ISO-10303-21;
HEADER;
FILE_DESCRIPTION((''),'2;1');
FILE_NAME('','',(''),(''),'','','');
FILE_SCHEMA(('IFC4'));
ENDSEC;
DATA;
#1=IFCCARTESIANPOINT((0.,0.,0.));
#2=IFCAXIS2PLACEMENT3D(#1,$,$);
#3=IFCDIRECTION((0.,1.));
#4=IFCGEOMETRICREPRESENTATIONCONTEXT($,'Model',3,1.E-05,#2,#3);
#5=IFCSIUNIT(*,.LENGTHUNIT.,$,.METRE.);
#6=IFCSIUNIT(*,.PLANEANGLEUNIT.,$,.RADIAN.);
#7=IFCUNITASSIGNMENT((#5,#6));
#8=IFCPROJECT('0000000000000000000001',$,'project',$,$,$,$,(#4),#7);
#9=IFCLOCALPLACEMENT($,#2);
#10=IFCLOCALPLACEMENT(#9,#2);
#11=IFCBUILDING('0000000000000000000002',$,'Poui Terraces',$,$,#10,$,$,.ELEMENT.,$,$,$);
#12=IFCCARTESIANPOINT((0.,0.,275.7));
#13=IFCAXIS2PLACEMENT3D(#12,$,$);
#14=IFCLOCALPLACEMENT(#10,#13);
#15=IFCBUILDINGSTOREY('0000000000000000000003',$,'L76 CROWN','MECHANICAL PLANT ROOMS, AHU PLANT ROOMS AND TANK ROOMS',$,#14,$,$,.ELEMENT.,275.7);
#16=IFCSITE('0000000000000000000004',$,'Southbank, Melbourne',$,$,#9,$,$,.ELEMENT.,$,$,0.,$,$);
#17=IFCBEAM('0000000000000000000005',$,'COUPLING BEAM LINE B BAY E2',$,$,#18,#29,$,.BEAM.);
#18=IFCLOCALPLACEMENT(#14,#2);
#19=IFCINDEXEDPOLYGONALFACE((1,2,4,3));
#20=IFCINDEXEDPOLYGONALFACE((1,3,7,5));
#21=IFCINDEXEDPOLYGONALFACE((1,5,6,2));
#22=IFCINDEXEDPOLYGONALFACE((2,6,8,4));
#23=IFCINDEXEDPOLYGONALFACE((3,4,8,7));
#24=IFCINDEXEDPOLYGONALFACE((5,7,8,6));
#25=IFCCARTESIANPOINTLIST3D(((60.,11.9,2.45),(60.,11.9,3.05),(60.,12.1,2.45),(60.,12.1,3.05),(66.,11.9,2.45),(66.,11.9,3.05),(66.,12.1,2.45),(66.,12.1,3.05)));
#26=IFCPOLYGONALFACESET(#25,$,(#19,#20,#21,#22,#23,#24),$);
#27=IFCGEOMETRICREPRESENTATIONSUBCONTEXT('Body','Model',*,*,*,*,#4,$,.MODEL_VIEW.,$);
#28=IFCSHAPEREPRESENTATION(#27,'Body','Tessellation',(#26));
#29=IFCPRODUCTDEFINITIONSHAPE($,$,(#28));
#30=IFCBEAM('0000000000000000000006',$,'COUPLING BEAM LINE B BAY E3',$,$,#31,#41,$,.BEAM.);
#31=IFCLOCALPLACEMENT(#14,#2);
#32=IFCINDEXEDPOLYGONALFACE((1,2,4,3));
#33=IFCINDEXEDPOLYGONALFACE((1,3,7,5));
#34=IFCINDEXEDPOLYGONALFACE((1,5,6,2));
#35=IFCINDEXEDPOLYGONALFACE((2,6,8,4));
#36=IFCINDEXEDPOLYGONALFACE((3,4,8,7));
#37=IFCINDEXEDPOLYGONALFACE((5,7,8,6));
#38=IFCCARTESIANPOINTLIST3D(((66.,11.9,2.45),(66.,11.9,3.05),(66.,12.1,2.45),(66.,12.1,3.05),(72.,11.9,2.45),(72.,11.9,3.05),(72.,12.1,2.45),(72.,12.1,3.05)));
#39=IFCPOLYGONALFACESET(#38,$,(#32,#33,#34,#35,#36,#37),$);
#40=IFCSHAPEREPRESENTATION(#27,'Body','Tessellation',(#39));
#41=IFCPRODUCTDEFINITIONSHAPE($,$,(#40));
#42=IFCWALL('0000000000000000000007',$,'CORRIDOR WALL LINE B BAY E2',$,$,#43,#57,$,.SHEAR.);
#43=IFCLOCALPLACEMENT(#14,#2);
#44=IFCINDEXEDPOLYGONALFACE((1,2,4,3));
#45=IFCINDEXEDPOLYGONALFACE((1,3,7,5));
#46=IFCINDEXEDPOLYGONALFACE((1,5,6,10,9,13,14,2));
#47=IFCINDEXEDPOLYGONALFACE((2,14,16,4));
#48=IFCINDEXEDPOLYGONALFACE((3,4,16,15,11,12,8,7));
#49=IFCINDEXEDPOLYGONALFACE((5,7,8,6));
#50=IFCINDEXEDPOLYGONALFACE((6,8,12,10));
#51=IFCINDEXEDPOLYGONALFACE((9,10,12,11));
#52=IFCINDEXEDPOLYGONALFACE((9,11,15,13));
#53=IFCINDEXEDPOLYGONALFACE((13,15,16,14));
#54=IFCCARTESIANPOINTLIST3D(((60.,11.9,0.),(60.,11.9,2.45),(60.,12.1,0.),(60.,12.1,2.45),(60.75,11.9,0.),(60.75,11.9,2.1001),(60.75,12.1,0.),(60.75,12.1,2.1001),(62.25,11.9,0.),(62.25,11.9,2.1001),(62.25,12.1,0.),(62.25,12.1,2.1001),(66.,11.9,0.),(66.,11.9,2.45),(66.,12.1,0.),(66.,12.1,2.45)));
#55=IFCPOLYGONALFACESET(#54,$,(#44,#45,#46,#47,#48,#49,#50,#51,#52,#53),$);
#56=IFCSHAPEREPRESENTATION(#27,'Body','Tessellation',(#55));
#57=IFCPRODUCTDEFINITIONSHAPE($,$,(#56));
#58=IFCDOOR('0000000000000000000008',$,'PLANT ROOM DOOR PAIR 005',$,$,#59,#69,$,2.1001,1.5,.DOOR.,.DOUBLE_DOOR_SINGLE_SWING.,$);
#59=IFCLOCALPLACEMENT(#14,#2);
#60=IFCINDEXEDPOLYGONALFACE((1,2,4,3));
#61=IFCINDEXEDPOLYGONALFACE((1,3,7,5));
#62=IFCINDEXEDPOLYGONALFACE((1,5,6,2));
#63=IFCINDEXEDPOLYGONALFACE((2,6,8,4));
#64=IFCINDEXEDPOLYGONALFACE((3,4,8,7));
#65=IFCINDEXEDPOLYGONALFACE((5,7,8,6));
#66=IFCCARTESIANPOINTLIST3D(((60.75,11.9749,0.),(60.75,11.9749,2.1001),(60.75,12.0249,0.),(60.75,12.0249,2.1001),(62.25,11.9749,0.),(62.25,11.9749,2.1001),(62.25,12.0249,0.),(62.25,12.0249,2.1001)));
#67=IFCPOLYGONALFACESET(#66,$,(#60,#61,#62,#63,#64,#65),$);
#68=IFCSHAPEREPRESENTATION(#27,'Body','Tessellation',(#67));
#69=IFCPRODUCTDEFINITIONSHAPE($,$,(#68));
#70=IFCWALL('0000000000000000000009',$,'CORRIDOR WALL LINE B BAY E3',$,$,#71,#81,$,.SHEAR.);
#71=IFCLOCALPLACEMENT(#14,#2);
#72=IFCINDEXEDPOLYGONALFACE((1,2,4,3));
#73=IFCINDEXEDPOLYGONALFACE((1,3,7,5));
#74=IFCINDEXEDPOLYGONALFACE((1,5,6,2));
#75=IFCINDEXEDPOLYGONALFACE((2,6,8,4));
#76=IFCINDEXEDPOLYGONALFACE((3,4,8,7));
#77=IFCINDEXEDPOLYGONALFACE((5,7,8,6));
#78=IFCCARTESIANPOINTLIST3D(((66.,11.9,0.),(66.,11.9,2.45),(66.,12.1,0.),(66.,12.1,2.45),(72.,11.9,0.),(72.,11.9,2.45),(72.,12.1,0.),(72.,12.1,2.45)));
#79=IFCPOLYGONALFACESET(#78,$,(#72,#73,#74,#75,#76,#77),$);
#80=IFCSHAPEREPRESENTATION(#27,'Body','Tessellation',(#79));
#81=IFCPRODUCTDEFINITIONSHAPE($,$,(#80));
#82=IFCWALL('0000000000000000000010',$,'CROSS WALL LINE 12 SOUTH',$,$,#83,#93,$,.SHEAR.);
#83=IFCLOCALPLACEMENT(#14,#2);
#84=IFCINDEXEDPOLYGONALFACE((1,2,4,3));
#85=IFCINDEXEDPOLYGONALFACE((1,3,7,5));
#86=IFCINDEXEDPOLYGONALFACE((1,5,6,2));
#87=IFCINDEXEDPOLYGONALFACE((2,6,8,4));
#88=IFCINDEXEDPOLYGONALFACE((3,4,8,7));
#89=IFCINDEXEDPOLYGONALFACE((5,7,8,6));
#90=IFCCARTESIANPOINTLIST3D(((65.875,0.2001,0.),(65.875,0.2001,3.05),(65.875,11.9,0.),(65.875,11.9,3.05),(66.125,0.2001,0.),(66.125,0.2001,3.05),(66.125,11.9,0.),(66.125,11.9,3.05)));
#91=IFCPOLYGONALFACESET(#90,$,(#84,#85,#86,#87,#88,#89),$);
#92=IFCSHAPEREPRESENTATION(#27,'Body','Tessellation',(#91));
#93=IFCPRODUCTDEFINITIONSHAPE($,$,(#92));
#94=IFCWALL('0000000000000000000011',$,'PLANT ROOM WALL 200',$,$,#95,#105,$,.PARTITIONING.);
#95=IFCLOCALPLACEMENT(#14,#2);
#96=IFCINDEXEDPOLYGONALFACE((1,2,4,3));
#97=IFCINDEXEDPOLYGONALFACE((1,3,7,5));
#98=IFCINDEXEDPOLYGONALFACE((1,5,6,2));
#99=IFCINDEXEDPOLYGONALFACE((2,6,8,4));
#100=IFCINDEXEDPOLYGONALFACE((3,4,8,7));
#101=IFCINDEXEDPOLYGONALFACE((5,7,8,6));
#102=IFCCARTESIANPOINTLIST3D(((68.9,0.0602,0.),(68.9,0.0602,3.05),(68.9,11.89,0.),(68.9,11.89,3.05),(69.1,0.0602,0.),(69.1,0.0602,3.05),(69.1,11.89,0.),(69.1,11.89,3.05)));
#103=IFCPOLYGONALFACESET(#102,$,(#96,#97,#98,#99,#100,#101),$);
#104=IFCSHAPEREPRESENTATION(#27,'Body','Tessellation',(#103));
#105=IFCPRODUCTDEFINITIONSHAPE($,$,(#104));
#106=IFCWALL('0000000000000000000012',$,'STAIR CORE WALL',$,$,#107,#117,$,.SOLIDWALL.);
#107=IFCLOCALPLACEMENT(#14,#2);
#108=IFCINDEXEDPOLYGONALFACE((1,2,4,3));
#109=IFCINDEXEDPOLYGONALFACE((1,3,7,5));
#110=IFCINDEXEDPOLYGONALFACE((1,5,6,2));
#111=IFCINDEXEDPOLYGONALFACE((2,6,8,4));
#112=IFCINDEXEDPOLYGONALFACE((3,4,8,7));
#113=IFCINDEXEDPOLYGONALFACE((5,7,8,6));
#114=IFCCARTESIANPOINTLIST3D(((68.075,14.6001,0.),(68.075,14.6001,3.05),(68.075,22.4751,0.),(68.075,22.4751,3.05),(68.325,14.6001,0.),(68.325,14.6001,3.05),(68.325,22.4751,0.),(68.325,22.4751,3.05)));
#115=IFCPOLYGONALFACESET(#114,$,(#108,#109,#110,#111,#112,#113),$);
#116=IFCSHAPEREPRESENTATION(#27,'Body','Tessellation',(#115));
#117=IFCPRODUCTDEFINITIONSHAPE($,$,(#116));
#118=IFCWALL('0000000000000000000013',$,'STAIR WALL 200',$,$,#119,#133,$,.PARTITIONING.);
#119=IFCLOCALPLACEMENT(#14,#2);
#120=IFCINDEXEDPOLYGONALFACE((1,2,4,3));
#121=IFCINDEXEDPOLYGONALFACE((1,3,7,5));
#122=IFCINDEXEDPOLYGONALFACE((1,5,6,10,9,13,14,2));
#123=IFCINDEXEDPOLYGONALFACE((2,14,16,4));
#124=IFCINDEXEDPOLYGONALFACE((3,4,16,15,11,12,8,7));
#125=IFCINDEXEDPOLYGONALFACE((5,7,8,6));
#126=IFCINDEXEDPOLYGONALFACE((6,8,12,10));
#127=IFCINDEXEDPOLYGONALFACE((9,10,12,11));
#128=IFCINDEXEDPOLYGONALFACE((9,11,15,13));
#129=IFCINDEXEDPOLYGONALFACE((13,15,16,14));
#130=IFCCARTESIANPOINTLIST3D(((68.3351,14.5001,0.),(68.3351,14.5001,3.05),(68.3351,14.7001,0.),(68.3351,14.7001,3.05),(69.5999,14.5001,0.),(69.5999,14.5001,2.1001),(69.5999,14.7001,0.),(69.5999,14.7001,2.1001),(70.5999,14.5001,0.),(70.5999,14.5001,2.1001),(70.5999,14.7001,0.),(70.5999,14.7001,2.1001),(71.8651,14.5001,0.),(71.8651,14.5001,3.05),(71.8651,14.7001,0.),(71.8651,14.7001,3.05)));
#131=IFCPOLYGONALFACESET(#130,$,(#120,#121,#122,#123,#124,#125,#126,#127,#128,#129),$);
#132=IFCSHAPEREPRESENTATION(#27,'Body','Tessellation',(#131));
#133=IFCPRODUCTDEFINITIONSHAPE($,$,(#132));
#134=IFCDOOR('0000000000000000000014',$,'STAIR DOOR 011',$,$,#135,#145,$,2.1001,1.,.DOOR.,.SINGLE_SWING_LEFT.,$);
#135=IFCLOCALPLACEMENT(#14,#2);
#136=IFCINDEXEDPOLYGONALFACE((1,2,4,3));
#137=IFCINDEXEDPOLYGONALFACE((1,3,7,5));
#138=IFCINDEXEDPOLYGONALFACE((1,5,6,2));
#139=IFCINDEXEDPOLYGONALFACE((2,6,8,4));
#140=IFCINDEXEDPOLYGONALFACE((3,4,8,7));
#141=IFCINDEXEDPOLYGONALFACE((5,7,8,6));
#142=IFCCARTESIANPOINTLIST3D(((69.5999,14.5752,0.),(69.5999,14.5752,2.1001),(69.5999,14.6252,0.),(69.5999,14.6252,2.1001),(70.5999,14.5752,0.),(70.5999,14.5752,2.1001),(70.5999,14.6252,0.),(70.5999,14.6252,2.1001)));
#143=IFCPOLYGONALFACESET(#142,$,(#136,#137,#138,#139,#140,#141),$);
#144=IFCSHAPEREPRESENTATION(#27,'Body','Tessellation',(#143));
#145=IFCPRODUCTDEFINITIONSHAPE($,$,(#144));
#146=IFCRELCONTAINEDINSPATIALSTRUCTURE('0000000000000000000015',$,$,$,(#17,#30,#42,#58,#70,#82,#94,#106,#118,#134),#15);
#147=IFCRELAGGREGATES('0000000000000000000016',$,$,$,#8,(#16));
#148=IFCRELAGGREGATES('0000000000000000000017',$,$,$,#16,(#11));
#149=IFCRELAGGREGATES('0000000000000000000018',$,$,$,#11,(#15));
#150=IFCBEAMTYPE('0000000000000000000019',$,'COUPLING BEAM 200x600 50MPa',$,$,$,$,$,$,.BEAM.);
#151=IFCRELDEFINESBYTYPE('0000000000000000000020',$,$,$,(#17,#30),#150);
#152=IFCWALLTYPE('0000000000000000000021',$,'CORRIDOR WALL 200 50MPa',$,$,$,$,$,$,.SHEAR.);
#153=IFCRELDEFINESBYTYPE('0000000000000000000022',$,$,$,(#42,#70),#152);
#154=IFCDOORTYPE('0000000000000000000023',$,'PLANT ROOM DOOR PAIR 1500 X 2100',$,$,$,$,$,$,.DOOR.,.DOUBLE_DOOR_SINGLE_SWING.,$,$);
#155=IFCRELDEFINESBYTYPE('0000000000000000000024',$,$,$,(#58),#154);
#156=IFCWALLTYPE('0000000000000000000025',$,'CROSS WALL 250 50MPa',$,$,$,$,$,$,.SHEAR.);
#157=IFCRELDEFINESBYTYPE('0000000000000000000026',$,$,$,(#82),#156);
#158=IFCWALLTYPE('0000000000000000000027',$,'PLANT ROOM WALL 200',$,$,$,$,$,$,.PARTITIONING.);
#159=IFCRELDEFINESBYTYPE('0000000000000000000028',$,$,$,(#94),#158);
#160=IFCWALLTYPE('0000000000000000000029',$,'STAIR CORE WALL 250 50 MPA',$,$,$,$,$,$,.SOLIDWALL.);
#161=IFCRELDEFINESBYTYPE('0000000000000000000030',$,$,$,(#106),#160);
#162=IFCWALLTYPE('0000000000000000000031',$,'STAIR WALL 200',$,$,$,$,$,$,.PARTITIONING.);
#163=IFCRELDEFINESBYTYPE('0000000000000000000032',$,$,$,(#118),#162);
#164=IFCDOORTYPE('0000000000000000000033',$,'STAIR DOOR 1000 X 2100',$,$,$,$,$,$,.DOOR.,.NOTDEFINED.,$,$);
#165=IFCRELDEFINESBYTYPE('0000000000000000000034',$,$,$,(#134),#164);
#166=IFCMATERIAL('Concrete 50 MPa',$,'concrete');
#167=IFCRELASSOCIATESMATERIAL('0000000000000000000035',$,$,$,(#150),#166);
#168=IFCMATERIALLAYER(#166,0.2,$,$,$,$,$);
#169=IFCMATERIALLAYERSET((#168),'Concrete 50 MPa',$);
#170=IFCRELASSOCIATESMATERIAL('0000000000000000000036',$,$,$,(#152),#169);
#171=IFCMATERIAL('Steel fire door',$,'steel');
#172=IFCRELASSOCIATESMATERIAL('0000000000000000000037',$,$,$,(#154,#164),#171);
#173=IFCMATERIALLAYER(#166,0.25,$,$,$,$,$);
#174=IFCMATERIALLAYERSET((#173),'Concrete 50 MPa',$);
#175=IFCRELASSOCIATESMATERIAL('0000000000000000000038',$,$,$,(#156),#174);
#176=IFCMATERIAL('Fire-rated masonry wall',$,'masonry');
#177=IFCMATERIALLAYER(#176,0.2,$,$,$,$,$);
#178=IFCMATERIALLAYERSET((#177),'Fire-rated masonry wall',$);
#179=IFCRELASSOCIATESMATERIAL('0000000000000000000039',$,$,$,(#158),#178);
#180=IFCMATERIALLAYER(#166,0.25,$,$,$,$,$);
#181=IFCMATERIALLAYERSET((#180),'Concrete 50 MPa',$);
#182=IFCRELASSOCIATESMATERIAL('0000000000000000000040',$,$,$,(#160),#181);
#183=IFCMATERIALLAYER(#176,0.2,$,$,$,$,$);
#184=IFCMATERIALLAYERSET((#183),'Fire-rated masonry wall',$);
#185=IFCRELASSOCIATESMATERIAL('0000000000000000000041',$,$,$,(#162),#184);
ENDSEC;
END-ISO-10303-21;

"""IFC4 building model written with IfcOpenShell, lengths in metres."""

from ifc_helpers import new_model, si_unit, direction, frame, frame_2d, origin, origin_2d, place, context, subcontext, project, spatial, rectangle, extrude, source, transform, mapped, material, layer, layer_set, material_profile, profile_set, type_object, element, fill, save


model = new_model("IFC4")

# Units and contexts
model_context = context("Model", 3, precision=1e-05, world=origin(), true_north=direction((0.0, 1.0)))
body_context = subcontext(model_context, "Body", "Model", "MODEL_VIEW")
ifc_project = project(units=[si_unit("LENGTHUNIT", "METRE"), si_unit("PLANEANGLEUNIT", "RADIAN")], contexts=[model_context])

# Site, building, storey
site_placement = place(None, origin())
site = spatial("IfcSite", under=ifc_project, at=site_placement, Name="Southbank, Melbourne", CompositionType="ELEMENT", RefElevation=0.0)
building_placement = place(site_placement, origin())
building = spatial("IfcBuilding", under=site, at=building_placement, Name="Poui Terraces", CompositionType="ELEMENT")
storey_placement = place(building_placement, frame((0.0, 0.0, 275.7)))
storey = spatial("IfcBuildingStorey", under=building, at=storey_placement, Name="L76 CROWN", Description="MECHANICAL PLANT ROOMS, AHU PLANT ROOMS AND TANK ROOMS", CompositionType="ELEMENT", Elevation=275.7)

# Beams
ifc_material_1 = material(Name="Concrete 50 MPa", Category="concrete")
ifc_material_profile_1 = material_profile(ifc_material_1, rectangle(XDim=0.2, YDim=0.6001, at=origin_2d()), Name="RC 200x600")
ifc_profile_set_1 = profile_set([ifc_material_profile_1], Name="Concrete 50 MPa")
beam_type = type_object("IfcBeamType", Name="COUPLING BEAM 200x600 50MPa", PredefinedType="BEAM", material=ifc_profile_set_1)
shared_shape_1 = source(origin(), body_context, "Body", "SweptSolid", [
    extrude(rectangle(XDim=0.2, YDim=0.6001, at=origin_2d()), origin(), (0.0, 0.0, 1.0), 6.0),
])
for number, where, z_axis, x_axis, name in (
    (1, (60.0, 12.0, 2.75), (1.0, 0.0, 0.0), (0.0, 1.0, 0.0), "COUPLING BEAM LINE B BAY E2"),
    (2, (66.0, 12.0, 2.75), (1.0, 0.0, 0.0), (0.0, 1.0, 0.0), "COUPLING BEAM LINE B BAY E3"),
):
    element("IfcBeam", number, at=place(storey_placement, frame(where, z_axis=z_axis, x_axis=x_axis)), inside=storey, type_object=beam_type, Name=name, PredefinedType="BEAM", context=body_context, shape_type="MappedRepresentation", body=[
        mapped(shared_shape_1, transform((0.0, 0.0, 0.0))),
    ])

# Wall, opening, door
ifc_layer_1 = layer(ifc_material_1, 0.2)
ifc_layer_set_1 = layer_set([ifc_layer_1], Name="Concrete 50 MPa")
wall_type_1 = type_object("IfcWallType", Name="CORRIDOR WALL 200 50MPa", PredefinedType="SHEAR", material=ifc_layer_set_1)
wall_1_placement = place(storey_placement, frame((60.0, 12.0, 0.0), z_axis=(0.0, 0.0, 1.0), x_axis=(1.0, 0.0, 0.0)))
wall_1 = element("IfcWall", 3, at=wall_1_placement, inside=storey, type_object=wall_type_1, Name="CORRIDOR WALL LINE B BAY E2", PredefinedType="SHEAR", context=body_context, shape_type="SweptSolid", body=[
    extrude(rectangle(XDim=6.0, YDim=0.2, at=frame_2d((3.0, 0.0))), origin(), (0.0, 0.0, 1.0), 2.45),
])
opening_1_placement = place(wall_1_placement, frame((0.75, 0.0, 0.0)))
opening_1 = element("IfcOpeningElement", 4, at=opening_1_placement, cuts=wall_1, PredefinedType="OPENING", context=body_context, shape_type="SweptSolid", body=[
    extrude(rectangle(XDim=1.5, YDim=2.1001, at=frame_2d((0.75, 1.05))), frame((0.0, 0.1099, 0.0), z_axis=(0.0, -1.0, 0.0), x_axis=(1.0, 0.0, 0.0)), (0.0, 0.0, 1.0), 0.22),
])
ifc_material_2 = material(Name="Steel fire door", Category="steel")
door_type_1 = type_object("IfcDoorType", Name="PLANT ROOM DOOR PAIR 1500 X 2100", OperationType="DOUBLE_DOOR_SINGLE_SWING", PredefinedType="DOOR", material=ifc_material_2)
door_1_placement = place(opening_1_placement, origin())
door_1 = element("IfcDoor", 5, at=door_1_placement, inside=storey, type_object=door_type_1, Name="PLANT ROOM DOOR PAIR 005", OperationType="DOUBLE_DOOR_SINGLE_SWING", OverallHeight=2.1001, OverallWidth=1.5, PredefinedType="DOOR", context=body_context, shape_type="SweptSolid", body=[
    extrude(rectangle(XDim=1.5, YDim=2.1001, at=frame_2d((0.75, 1.05))), frame((0.0, 0.0249, 0.0), z_axis=(0.0, -1.0, 0.0), x_axis=(1.0, 0.0, 0.0)), (0.0, 0.0, 1.0), 0.05),
])
fill(opening_1, door_1)

# Walls
wall_2_placement = place(storey_placement, frame((66.0, 12.0, 0.0), z_axis=(0.0, 0.0, 1.0), x_axis=(1.0, 0.0, 0.0)))
element("IfcWall", 6, at=wall_2_placement, inside=storey, type_object=wall_type_1, Name="CORRIDOR WALL LINE B BAY E3", PredefinedType="SHEAR", context=body_context, shape_type="SweptSolid", body=[
    extrude(rectangle(XDim=6.0, YDim=0.2, at=frame_2d((3.0, 0.0))), origin(), (0.0, 0.0, 1.0), 2.45),
])
ifc_layer_2 = layer(ifc_material_1, 0.25)
ifc_layer_set_2 = layer_set([ifc_layer_2], Name="Concrete 50 MPa")
wall_type_2 = type_object("IfcWallType", Name="CROSS WALL 250 50MPa", PredefinedType="SHEAR", material=ifc_layer_set_2)
wall_3_placement = place(storey_placement, frame((66.0, 0.2, 0.0), z_axis=(0.0, 0.0, 1.0), x_axis=(0.0, 1.0, 0.0)))
element("IfcWall", 7, at=wall_3_placement, inside=storey, type_object=wall_type_2, Name="CROSS WALL LINE 12 SOUTH", PredefinedType="SHEAR", context=body_context, shape_type="SweptSolid", body=[
    extrude(rectangle(XDim=11.7, YDim=0.25, at=frame_2d((5.8501, 0.0))), origin(), (0.0, 0.0, 1.0), 3.05),
])
ifc_material_3 = material(Name="Fire-rated masonry wall", Category="masonry")
ifc_layer_3 = layer(ifc_material_3, 0.2)
ifc_layer_set_3 = layer_set([ifc_layer_3], Name="Fire-rated masonry wall")
wall_type_3 = type_object("IfcWallType", Name="PLANT ROOM WALL 200", PredefinedType="PARTITIONING", material=ifc_layer_set_3)
wall_4_placement = place(storey_placement, frame((69.0, 0.0601, 0.0), z_axis=(0.0, 0.0, 1.0), x_axis=(0.0, 1.0, 0.0)))
element("IfcWall", 8, at=wall_4_placement, inside=storey, type_object=wall_type_3, Name="PLANT ROOM WALL 200", PredefinedType="PARTITIONING", context=body_context, shape_type="SweptSolid", body=[
    extrude(rectangle(XDim=11.8298, YDim=0.2, at=frame_2d((5.915, 0.0))), origin(), (0.0, 0.0, 1.0), 3.05),
])
ifc_layer_4 = layer(ifc_material_1, 0.25)
ifc_layer_set_4 = layer_set([ifc_layer_4], Name="Concrete 50 MPa")
wall_type_4 = type_object("IfcWallType", Name="STAIR CORE WALL 250 50 MPA", PredefinedType="SOLIDWALL", material=ifc_layer_set_4)
wall_5_placement = place(storey_placement, frame((68.2, 14.6001, 0.0), z_axis=(0.0, 0.0, 1.0), x_axis=(0.0, 1.0, 0.0)))
element("IfcWall", 9, at=wall_5_placement, inside=storey, type_object=wall_type_4, Name="STAIR CORE WALL", PredefinedType="SOLIDWALL", context=body_context, shape_type="SweptSolid", body=[
    extrude(rectangle(XDim=7.875, YDim=0.25, at=frame_2d((3.9375, 0.0))), origin(), (0.0, 0.0, 1.0), 3.05),
])

# Wall, opening, door
ifc_layer_5 = layer(ifc_material_3, 0.2)
ifc_layer_set_5 = layer_set([ifc_layer_5], Name="Fire-rated masonry wall")
wall_type_5 = type_object("IfcWallType", Name="STAIR WALL 200", PredefinedType="PARTITIONING", material=ifc_layer_set_5)
wall_6_placement = place(storey_placement, frame((68.335, 14.6001, 0.0), z_axis=(0.0, 0.0, 1.0), x_axis=(1.0, 0.0, 0.0)))
wall_6 = element("IfcWall", 10, at=wall_6_placement, inside=storey, type_object=wall_type_5, Name="STAIR WALL 200", PredefinedType="PARTITIONING", context=body_context, shape_type="SweptSolid", body=[
    extrude(rectangle(XDim=3.53, YDim=0.2, at=frame_2d((1.7651, 0.0))), origin(), (0.0, 0.0, 1.0), 3.05),
])
opening_2_placement = place(wall_6_placement, frame((1.2649, 0.0, 0.0)))
opening_2 = element("IfcOpeningElement", 11, at=opening_2_placement, cuts=wall_6, PredefinedType="OPENING", context=body_context, shape_type="SweptSolid", body=[
    extrude(rectangle(XDim=1.0, YDim=2.1001, at=frame_2d((0.5, 1.05))), frame((0.0, 0.1099, 0.0), z_axis=(0.0, -1.0, 0.0), x_axis=(1.0, 0.0, 0.0)), (0.0, 0.0, 1.0), 0.22),
])
door_type_2 = type_object("IfcDoorType", Name="STAIR DOOR 1000 X 2100", OperationType="NOTDEFINED", PredefinedType="DOOR", material=ifc_material_2)
door_2_placement = place(opening_2_placement, frame((1.0, 0.0, 0.0), z_axis=(0.0, 0.0, 1.0), x_axis=(-1.0, 0.0, 0.0)))
door_2 = element("IfcDoor", 12, at=door_2_placement, inside=storey, type_object=door_type_2, Name="STAIR DOOR 011", OperationType="SINGLE_SWING_LEFT", OverallHeight=2.1001, OverallWidth=1.0, PredefinedType="DOOR", context=body_context, shape_type="SweptSolid", body=[
    extrude(rectangle(XDim=1.0, YDim=2.1001, at=frame_2d((0.5, 1.05))), frame((0.0, 0.0249, 0.0), z_axis=(0.0, -1.0, 0.0), x_axis=(1.0, 0.0, 0.0)), (0.0, 0.0, 1.0), 0.05),
])
fill(opening_2, door_2)

save(model, "model.ifc")
